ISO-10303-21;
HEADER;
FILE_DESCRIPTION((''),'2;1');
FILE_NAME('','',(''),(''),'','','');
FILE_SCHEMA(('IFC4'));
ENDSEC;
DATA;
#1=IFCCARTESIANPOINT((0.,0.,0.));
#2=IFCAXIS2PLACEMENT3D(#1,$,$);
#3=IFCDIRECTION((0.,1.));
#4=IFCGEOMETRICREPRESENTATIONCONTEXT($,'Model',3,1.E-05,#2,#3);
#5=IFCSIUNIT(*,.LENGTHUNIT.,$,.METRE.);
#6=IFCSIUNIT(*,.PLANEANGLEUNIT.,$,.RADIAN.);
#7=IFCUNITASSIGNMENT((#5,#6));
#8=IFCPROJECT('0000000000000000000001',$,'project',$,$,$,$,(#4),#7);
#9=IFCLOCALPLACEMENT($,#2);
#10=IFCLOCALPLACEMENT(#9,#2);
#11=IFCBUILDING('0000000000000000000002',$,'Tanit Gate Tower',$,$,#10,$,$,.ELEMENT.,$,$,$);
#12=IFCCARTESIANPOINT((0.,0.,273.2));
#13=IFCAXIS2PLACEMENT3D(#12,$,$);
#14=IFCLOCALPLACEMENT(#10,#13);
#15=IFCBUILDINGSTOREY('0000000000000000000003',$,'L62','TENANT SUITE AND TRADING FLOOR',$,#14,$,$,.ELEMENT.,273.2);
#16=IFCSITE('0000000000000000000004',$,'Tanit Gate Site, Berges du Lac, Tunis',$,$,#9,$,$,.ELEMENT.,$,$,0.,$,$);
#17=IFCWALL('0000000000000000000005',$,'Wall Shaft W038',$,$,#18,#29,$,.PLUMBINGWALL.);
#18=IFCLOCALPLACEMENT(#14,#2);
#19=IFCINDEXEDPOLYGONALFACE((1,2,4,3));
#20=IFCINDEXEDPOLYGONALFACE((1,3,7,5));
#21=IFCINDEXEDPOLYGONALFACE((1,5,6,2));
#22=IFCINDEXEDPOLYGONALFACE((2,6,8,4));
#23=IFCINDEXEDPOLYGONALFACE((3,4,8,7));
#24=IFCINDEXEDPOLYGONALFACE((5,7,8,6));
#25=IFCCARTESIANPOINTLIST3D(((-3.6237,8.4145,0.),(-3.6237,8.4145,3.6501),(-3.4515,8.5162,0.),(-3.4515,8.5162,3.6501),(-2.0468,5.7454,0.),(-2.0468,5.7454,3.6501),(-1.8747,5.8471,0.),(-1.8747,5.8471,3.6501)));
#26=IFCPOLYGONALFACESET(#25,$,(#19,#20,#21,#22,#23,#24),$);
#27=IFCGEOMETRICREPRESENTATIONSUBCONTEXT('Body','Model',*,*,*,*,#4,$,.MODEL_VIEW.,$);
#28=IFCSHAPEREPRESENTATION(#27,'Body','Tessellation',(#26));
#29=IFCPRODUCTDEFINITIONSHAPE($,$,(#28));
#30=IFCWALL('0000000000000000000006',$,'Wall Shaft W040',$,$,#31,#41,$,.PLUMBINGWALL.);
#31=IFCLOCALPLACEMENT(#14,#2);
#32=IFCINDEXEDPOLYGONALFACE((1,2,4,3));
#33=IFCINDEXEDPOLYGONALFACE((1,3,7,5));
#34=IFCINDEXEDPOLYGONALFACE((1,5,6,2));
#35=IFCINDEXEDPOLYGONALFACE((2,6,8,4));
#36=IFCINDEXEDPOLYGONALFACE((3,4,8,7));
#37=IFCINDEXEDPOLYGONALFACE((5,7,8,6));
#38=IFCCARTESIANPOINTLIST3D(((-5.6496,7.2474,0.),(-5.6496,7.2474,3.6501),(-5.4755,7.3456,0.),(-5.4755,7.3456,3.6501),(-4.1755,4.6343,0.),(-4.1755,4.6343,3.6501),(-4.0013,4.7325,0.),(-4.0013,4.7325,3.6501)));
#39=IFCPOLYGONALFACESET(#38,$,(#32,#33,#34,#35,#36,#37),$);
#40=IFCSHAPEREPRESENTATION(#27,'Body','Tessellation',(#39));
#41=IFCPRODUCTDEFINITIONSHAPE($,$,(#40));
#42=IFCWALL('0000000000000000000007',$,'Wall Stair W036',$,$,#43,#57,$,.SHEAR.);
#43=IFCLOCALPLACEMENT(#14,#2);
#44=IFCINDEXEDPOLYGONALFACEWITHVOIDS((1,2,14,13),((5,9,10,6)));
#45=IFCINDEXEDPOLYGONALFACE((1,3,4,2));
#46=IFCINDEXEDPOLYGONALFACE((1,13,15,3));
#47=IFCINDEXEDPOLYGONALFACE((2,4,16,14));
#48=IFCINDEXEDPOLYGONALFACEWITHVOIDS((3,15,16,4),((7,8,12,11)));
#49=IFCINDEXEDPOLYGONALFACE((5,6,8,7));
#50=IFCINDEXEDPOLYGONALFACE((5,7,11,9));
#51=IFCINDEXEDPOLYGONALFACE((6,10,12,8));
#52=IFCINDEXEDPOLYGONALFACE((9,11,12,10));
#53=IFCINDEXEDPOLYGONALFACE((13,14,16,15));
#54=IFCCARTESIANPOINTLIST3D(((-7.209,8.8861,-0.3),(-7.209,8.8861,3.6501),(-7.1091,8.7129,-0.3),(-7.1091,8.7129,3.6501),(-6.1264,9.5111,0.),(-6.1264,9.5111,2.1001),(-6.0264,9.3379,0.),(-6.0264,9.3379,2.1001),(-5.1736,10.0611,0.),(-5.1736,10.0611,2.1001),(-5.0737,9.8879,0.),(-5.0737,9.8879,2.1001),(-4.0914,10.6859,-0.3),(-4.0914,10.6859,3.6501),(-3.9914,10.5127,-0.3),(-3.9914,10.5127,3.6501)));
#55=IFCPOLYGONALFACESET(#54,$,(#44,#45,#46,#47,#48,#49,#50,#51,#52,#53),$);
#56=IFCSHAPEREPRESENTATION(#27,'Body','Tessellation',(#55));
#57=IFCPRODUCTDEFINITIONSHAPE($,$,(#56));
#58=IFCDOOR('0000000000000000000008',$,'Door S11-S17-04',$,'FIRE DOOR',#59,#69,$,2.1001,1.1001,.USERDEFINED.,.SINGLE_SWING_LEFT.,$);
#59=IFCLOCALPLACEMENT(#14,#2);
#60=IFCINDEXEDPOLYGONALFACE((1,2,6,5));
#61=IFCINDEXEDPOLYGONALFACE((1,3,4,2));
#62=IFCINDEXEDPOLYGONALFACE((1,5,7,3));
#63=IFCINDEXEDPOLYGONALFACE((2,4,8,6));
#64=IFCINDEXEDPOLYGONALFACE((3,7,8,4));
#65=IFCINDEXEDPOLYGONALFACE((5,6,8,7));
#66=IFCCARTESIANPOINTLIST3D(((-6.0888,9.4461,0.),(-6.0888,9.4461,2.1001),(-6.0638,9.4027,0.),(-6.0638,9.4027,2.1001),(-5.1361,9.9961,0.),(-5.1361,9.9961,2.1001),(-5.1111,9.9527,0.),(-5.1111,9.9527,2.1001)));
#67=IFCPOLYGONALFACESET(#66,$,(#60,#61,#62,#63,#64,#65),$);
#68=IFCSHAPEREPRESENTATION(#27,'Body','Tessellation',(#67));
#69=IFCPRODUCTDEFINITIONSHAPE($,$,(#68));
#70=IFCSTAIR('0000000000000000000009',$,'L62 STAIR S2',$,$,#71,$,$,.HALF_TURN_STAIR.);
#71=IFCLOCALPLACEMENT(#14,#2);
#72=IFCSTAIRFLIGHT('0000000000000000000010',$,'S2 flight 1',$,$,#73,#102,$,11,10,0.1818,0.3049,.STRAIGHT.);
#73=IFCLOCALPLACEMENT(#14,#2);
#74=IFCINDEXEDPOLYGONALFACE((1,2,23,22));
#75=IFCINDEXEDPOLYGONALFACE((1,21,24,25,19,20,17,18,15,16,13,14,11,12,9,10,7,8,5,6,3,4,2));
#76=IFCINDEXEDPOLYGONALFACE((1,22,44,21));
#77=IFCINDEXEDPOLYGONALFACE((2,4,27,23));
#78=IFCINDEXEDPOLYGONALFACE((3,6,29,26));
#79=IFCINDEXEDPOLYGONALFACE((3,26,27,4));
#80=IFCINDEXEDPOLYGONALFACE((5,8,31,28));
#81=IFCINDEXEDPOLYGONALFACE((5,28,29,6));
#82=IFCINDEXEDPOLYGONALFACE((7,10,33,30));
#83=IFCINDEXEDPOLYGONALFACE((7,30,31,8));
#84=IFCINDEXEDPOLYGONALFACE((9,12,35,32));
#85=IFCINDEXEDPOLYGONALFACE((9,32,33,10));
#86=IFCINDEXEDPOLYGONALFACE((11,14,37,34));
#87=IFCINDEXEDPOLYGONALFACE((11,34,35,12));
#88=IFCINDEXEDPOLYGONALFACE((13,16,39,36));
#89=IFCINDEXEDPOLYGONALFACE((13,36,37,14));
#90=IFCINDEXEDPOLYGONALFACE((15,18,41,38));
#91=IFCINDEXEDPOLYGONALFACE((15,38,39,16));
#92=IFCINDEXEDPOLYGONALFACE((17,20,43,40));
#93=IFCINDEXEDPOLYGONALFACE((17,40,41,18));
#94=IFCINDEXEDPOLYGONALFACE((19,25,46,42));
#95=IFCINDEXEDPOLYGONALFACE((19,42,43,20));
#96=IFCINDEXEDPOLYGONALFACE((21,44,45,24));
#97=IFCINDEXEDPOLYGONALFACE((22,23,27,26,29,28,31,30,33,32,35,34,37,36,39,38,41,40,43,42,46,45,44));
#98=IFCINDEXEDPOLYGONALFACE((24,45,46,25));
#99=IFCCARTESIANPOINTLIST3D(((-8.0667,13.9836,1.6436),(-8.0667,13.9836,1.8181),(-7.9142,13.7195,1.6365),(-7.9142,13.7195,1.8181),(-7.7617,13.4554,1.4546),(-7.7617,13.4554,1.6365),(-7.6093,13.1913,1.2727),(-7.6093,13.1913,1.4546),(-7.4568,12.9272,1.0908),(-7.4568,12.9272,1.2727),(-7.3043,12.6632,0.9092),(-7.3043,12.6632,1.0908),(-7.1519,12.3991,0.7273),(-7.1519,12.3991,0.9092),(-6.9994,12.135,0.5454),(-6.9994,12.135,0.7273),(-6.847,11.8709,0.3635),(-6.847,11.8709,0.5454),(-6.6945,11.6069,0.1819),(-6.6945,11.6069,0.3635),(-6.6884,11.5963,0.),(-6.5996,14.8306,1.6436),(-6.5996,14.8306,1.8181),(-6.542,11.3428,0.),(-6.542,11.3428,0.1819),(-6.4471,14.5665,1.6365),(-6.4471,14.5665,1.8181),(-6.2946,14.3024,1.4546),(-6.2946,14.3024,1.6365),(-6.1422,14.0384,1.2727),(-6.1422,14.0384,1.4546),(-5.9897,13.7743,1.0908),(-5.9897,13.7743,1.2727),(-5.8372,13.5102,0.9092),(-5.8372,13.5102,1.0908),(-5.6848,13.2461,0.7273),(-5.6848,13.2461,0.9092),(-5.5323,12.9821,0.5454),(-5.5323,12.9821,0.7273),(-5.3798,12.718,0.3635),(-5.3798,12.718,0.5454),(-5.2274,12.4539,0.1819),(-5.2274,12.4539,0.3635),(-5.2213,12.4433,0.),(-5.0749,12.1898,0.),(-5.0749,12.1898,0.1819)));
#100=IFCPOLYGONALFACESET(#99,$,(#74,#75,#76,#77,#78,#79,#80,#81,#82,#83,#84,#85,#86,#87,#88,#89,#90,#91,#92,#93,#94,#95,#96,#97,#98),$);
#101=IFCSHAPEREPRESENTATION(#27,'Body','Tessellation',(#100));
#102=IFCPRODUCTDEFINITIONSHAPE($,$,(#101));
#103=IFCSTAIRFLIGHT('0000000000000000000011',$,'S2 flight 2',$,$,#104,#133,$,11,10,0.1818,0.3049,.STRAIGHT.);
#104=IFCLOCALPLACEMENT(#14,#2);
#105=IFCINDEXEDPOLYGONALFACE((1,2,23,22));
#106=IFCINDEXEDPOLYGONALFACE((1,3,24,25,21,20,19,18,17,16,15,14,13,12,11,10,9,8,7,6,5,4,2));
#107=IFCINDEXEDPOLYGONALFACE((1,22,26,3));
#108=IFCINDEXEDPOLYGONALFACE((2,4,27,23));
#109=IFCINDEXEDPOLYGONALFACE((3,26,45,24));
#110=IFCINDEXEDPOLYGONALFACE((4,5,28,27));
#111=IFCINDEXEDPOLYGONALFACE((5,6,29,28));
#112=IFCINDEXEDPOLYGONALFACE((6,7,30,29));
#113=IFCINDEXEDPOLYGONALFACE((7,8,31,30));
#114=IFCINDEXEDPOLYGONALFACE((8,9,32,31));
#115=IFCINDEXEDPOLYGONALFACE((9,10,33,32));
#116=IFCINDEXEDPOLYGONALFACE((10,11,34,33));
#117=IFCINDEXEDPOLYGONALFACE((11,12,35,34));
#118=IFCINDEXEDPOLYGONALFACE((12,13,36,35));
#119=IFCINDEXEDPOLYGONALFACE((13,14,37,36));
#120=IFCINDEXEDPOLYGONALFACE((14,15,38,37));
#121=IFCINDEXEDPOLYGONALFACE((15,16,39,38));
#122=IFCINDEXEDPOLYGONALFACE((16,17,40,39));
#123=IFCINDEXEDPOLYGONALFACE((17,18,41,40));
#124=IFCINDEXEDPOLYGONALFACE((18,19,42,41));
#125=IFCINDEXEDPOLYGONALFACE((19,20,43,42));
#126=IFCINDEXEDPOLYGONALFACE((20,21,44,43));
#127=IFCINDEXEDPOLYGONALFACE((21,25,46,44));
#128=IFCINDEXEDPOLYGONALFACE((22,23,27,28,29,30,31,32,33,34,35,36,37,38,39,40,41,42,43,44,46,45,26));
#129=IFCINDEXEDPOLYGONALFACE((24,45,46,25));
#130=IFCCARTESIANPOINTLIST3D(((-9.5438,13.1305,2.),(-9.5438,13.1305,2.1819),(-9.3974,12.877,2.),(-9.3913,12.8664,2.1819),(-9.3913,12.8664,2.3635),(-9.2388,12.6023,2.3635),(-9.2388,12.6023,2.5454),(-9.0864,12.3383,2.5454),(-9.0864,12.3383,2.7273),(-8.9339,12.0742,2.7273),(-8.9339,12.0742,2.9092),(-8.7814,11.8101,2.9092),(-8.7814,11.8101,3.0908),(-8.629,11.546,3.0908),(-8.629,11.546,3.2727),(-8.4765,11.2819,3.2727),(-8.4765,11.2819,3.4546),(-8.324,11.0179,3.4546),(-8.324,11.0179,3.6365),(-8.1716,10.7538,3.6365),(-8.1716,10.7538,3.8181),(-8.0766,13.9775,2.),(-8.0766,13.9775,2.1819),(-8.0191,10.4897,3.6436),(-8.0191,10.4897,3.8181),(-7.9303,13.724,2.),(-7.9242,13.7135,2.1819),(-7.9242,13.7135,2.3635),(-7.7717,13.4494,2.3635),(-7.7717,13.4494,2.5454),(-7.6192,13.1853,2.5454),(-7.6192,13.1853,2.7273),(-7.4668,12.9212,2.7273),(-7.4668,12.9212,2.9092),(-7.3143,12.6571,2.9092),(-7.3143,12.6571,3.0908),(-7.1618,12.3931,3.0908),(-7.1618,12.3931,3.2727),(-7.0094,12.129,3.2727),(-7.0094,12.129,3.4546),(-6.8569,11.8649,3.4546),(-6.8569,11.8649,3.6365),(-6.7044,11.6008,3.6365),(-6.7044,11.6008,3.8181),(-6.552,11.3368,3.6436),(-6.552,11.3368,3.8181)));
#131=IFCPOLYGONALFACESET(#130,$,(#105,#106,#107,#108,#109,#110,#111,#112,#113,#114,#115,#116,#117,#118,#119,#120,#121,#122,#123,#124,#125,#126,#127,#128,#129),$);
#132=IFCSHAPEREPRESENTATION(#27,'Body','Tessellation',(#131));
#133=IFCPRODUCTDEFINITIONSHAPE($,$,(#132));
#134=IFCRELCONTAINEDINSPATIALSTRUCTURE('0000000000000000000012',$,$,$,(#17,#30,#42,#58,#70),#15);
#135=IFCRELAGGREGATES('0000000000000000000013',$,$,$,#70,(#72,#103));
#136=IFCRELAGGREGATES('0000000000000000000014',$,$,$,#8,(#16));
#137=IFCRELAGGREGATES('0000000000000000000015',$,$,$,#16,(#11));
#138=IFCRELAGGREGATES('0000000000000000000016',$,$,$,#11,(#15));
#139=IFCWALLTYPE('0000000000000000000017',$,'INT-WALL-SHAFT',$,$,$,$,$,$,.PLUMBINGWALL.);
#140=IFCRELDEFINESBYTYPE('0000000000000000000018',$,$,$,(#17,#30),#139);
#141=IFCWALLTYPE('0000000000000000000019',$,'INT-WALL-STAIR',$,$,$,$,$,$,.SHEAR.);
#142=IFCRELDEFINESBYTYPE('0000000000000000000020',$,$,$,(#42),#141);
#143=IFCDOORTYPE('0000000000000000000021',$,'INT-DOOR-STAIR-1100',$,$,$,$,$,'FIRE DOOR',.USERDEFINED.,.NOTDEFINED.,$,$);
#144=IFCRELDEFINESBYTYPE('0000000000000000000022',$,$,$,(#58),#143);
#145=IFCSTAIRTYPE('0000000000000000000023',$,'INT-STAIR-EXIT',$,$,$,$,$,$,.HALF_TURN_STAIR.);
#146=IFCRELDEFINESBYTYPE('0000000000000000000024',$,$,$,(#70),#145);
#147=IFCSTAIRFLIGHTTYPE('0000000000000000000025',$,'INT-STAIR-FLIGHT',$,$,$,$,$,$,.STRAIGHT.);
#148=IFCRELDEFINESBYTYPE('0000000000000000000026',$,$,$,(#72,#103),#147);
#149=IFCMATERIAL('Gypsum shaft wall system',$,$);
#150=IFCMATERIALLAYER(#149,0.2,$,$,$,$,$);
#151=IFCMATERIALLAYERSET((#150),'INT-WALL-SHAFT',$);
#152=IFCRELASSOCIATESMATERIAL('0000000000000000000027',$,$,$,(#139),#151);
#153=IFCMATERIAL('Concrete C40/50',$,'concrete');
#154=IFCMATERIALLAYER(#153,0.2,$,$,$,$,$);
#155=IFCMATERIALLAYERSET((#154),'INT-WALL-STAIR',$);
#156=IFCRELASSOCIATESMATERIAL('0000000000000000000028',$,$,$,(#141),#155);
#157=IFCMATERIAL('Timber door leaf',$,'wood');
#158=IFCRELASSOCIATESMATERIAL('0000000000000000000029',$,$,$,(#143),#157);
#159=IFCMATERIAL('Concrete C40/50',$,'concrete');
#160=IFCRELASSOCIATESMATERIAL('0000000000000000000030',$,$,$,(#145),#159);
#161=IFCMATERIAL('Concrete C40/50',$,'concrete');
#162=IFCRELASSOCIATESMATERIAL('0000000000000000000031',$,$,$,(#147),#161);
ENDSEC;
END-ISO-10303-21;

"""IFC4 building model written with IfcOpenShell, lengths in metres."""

from ifc_helpers import new_model, si_unit, direction, frame, frame_2d, origin, place, context, subcontext, project, spatial, polyline, rectangle, outline, extrude, material, layer, layer_set, type_object, element, fill, aggregate, save


model = new_model("IFC4")

# Units and contexts
model_context = context("Model", 3, precision=1e-05, world=origin(), true_north=direction((0.0, 1.0)))
body_context = subcontext(model_context, "Body", "Model", "MODEL_VIEW")
ifc_project = project(units=[si_unit("LENGTHUNIT", "METRE"), si_unit("PLANEANGLEUNIT", "RADIAN")], contexts=[model_context])

# Site, building, storey
site_placement = place(None, origin())
site = spatial("IfcSite", under=ifc_project, at=site_placement, Name="Tanit Gate Site, Berges du Lac, Tunis", CompositionType="ELEMENT", RefElevation=0.0)
building_placement = place(site_placement, origin())
building = spatial("IfcBuilding", under=site, at=building_placement, Name="Tanit Gate Tower", CompositionType="ELEMENT")
storey_placement = place(building_placement, frame((0.0, 0.0, 273.2)))
storey = spatial("IfcBuildingStorey", under=building, at=storey_placement, Name="L62", Description="TENANT SUITE AND TRADING FLOOR", CompositionType="ELEMENT", Elevation=273.2)

# Shared definitions
ifc_material_1 = material(Name="Gypsum shaft wall system")
ifc_layer_1 = layer(ifc_material_1, 0.2)
ifc_layer_set_1 = layer_set([ifc_layer_1], Name="INT-WALL-SHAFT")
wall_type_1 = type_object("IfcWallType", Name="INT-WALL-SHAFT", PredefinedType="PLUMBINGWALL", material=ifc_layer_set_1)

# Walls
wall_1_placement = place(storey_placement, frame((-3.5376, 8.4653, 0.0), z_axis=(0.0, 0.0, 1.0), x_axis=(0.508647, -0.860975, 0.0)))
element("IfcWall", 1, at=wall_1_placement, inside=storey, type_object=wall_type_1, Name="Wall Shaft W038", PredefinedType="PLUMBINGWALL", context=body_context, shape_type="SweptSolid", body=[
    extrude(rectangle(XDim=3.1001, YDim=0.2, at=frame_2d((1.55, 0.0))), origin(), (0.0, 0.0, 1.0), 3.6501),
])
wall_2_placement = place(storey_placement, frame((-5.5625, 7.2964, 0.0), z_axis=(0.0, 0.0, 1.0), x_axis=(0.491347, -0.870964, 0.0)))
element("IfcWall", 2, at=wall_2_placement, inside=storey, type_object=wall_type_1, Name="Wall Shaft W040", PredefinedType="PLUMBINGWALL", context=body_context, shape_type="SweptSolid", body=[
    extrude(rectangle(XDim=3.0002, YDim=0.2, at=frame_2d((1.5, 0.0))), origin(), (0.0, 0.0, 1.0), 3.6501),
])

# Wall, opening, door
ifc_material_2 = material(Name="Concrete C40/50", Category="concrete")
ifc_layer_2 = layer(ifc_material_2, 0.2)
ifc_layer_set_2 = layer_set([ifc_layer_2], Name="INT-WALL-STAIR")
wall_type_2 = type_object("IfcWallType", Name="INT-WALL-STAIR", PredefinedType="SHEAR", material=ifc_layer_set_2)
wall_3_placement = place(storey_placement, frame((-7.1589, 8.7996, -0.3), z_axis=(0.0, 0.0, 1.0), x_axis=(0.866048, 0.499961, 0.0)))
wall_3 = element("IfcWall", 3, at=wall_3_placement, inside=storey, type_object=wall_type_2, Name="Wall Stair W036", PredefinedType="SHEAR", context=body_context, shape_type="SweptSolid", body=[
    extrude(rectangle(XDim=3.5999, YDim=0.2, at=frame_2d((1.7998, 0.0))), origin(), (0.0, 0.0, 1.0), 3.9502),
])
opening_1_placement = place(wall_3_placement, frame((1.25, 0.0, 0.3)))
opening_1 = element("IfcOpeningElement", 4, at=opening_1_placement, cuts=wall_3, PredefinedType="OPENING", context=body_context, shape_type="SweptSolid", body=[
    extrude(rectangle(XDim=1.1001, YDim=2.1001, at=frame_2d((0.55, 1.05))), frame((0.0, 0.1099, 0.0), z_axis=(0.0, -1.0, 0.0), x_axis=(1.0, 0.0, 0.0)), (0.0, 0.0, 1.0), 0.22),
])
ifc_material_3 = material(Name="Timber door leaf", Category="wood")
door_type_1 = type_object("IfcDoorType", Name="INT-DOOR-STAIR-1100", ElementType="FIRE DOOR", OperationType="NOTDEFINED", PredefinedType="USERDEFINED", material=ifc_material_3)
door_1_placement = place(opening_1_placement, origin())
door_1 = element("IfcDoor", 5, at=door_1_placement, inside=storey, type_object=door_type_1, Name="Door S11-S17-04", ObjectType="FIRE DOOR", OperationType="SINGLE_SWING_LEFT", OverallHeight=2.1001, OverallWidth=1.1001, PredefinedType="USERDEFINED", context=body_context, shape_type="SweptSolid", body=[
    extrude(rectangle(XDim=1.1001, YDim=2.1001, at=frame_2d((0.55, 1.05))), frame((0.0, 0.0249, 0.0), z_axis=(0.0, -1.0, 0.0), x_axis=(1.0, 0.0, 0.0)), (0.0, 0.0, 1.0), 0.05),
])
fill(opening_1, door_1)

# Stair, stair flights
ifc_material_4 = material(Name="Concrete C40/50", Category="concrete")
stair_type = type_object("IfcStairType", Name="INT-STAIR-EXIT", PredefinedType="HALF_TURN_STAIR", material=ifc_material_4)
stair_placement = place(storey_placement, origin())
stair = element("IfcStair", 6, at=stair_placement, inside=storey, type_object=stair_type, Name="L62 STAIR S2", PredefinedType="HALF_TURN_STAIR")
ifc_material_5 = material(Name="Concrete C40/50", Category="concrete")
stair_flight_type = type_object("IfcStairFlightType", Name="INT-STAIR-FLIGHT", PredefinedType="STRAIGHT", material=ifc_material_5)
stair_flight_1_placement = place(storey_placement, frame((-5.8083, 11.7664, 0.0), z_axis=(0.0, 0.0, 1.0), x_axis=(-0.5, 0.866025, 0.0)))
stair_flight_1 = element("IfcStairFlight", 7, at=stair_flight_1_placement, type_object=stair_flight_type, Name="S2 flight 1", NumberOfRisers=11, NumberOfTreads=10, PredefinedType="STRAIGHT", RiserHeight=0.1818, TreadLength=0.3049, context=body_context, shape_type="SweptSolid", body=[
    extrude(outline(polyline([(0.0, 0.0), (0.0, 0.1819), (0.3049, 0.1819), (0.3049, 0.3635), (0.6099, 0.3635), (0.6099, 0.5454), (0.9148, 0.5454), (0.9148, 0.7273), (1.2197, 0.7273), (1.2197, 0.9092), (1.5247, 0.9092), (1.5247, 1.0908), (1.8296, 1.0908), (1.8296, 1.2727), (2.1345, 1.2727), (2.1345, 1.4546), (2.4395, 1.4546), (2.4395, 1.6365), (2.7444, 1.6365), (2.7444, 1.8181), (3.0493, 1.8181), (3.0493, 2.0), (3.0493, 1.6436), (0.2927, 0.0), (0.0, 0.0)])), frame((0.0, 0.8472, 0.0), z_axis=(0.0, -1.0, 0.0), x_axis=(1.0, 0.0, 0.0)), (0.0, 0.0, 1.0), 1.6941),
])
stair_flight_2_placement = place(storey_placement, frame((-8.8103, 13.554, 2.0), z_axis=(0.0, 0.0, 1.0), x_axis=(0.5, -0.866025, 0.0)))
stair_flight_2 = element("IfcStairFlight", 8, at=stair_flight_2_placement, type_object=stair_flight_type, Name="S2 flight 2", NumberOfRisers=11, NumberOfTreads=10, PredefinedType="STRAIGHT", RiserHeight=0.1818, TreadLength=0.3049, context=body_context, shape_type="SweptSolid", body=[
    extrude(outline(polyline([(0.0, 0.0), (0.0, 0.1819), (0.3049, 0.1819), (0.3049, 0.3635), (0.6099, 0.3635), (0.6099, 0.5454), (0.9148, 0.5454), (0.9148, 0.7273), (1.2197, 0.7273), (1.2197, 0.9092), (1.5247, 0.9092), (1.5247, 1.0908), (1.8296, 1.0908), (1.8296, 1.2727), (2.1345, 1.2727), (2.1345, 1.4546), (2.4395, 1.4546), (2.4395, 1.6365), (2.7444, 1.6365), (2.7444, 1.8181), (3.0493, 1.8181), (3.0493, 2.0), (3.0493, 1.6436), (0.2927, 0.0), (0.0, 0.0)])), frame((0.0, 0.8472, 0.0), z_axis=(0.0, -1.0, 0.0), x_axis=(1.0, 0.0, 0.0)), (0.0, 0.0, 1.0), 1.6941),
])
aggregate(stair, [stair_flight_1, stair_flight_2])

save(model, "model.ifc")
